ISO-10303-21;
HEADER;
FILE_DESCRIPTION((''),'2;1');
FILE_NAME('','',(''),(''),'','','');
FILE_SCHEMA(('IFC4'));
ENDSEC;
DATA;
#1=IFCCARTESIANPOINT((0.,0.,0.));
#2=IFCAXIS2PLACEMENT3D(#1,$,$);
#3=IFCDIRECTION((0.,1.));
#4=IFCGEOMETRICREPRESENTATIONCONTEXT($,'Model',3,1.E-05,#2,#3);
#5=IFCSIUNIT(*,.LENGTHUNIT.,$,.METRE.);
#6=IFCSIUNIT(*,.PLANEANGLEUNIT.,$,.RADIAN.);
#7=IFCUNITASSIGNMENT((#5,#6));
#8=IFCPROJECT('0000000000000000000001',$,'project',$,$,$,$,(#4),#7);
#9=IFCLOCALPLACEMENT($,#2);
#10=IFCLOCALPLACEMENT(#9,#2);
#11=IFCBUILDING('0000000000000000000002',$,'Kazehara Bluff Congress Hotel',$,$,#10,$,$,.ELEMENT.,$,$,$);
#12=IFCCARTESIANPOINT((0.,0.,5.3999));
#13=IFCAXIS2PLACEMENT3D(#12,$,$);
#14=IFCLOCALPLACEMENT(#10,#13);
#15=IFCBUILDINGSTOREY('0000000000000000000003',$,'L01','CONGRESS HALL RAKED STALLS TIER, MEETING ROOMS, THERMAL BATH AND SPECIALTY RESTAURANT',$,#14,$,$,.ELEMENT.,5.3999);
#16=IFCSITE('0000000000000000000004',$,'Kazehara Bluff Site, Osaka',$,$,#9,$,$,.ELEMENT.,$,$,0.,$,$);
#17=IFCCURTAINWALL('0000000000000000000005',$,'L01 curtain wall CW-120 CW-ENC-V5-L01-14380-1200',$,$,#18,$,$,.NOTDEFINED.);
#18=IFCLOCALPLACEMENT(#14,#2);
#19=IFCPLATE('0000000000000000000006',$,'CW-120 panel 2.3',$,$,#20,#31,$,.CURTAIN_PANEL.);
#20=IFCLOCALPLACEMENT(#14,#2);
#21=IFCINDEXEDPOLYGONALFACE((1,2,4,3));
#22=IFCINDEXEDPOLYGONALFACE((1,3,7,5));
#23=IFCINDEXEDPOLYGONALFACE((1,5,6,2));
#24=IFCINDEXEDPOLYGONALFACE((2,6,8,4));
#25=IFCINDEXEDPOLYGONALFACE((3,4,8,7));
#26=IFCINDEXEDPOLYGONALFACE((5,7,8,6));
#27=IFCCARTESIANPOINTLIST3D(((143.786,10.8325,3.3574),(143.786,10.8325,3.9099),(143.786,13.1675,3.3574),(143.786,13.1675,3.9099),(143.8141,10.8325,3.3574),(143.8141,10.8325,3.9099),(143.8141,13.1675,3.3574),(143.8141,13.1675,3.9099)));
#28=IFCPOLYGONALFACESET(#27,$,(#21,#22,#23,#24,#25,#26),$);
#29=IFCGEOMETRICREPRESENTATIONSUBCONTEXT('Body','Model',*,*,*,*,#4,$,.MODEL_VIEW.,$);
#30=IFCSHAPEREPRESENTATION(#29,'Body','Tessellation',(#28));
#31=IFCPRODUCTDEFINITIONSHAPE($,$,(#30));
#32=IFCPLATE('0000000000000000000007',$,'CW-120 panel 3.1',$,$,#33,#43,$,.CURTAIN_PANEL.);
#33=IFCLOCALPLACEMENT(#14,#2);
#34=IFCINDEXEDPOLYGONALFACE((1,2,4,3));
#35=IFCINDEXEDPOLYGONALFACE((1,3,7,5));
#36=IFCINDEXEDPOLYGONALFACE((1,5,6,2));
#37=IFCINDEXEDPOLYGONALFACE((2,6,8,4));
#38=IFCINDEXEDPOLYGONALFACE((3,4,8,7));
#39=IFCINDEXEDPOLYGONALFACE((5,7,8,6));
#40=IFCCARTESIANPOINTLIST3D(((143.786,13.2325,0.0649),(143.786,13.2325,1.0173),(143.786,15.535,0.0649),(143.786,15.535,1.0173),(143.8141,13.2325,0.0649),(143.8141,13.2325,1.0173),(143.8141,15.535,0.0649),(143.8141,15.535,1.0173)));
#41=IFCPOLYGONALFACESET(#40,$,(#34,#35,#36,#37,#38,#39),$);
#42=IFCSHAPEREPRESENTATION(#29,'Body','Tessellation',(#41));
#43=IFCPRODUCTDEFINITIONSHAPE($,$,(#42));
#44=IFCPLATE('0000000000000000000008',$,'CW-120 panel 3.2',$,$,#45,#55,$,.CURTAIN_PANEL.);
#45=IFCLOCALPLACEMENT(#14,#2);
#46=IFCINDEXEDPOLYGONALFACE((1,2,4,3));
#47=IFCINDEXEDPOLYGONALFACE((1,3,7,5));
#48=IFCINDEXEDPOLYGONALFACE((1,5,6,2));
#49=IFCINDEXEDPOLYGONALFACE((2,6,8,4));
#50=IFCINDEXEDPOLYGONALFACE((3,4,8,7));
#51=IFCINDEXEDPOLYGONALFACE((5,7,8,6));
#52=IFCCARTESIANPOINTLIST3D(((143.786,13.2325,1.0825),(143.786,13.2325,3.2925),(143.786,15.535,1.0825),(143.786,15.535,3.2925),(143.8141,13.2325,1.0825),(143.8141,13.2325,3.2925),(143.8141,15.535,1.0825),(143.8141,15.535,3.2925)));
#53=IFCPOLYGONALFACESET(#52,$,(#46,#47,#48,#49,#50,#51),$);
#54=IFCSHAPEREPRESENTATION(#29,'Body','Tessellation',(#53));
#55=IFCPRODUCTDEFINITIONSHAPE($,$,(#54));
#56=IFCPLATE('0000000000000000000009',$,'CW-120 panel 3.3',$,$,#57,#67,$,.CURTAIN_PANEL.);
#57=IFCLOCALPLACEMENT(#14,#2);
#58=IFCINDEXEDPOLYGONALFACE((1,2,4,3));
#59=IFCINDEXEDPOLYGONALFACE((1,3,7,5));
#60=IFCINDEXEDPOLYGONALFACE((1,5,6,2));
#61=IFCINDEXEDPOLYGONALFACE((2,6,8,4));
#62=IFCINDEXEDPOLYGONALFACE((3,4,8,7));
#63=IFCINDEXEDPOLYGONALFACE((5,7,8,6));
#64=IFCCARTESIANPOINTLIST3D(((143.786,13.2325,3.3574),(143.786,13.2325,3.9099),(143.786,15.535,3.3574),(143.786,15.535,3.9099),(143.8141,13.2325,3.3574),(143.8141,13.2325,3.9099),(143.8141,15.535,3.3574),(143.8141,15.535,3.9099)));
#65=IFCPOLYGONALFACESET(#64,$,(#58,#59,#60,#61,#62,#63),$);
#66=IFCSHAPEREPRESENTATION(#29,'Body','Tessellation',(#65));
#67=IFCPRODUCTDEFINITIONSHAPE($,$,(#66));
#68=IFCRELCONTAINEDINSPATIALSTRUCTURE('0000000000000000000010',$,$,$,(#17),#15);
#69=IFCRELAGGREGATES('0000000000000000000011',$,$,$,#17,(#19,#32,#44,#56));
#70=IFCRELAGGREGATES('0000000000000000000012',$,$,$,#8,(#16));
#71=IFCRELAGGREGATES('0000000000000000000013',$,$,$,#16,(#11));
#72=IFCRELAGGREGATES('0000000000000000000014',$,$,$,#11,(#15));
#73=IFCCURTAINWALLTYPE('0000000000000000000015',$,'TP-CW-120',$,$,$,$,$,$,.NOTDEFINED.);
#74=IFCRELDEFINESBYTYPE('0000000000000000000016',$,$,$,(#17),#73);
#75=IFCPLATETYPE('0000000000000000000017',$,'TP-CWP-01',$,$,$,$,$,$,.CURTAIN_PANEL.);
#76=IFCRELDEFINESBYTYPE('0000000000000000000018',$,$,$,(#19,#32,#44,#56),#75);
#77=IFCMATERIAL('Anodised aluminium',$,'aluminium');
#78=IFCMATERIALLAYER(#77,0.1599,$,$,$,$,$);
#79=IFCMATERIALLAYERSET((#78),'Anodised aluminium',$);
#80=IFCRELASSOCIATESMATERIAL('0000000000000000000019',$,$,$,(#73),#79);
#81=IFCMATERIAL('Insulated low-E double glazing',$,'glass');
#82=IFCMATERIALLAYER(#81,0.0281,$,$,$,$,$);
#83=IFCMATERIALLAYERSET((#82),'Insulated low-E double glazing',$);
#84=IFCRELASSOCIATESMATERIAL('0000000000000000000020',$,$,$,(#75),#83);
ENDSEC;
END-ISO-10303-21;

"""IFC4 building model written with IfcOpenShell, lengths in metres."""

from ifc_helpers import new_model, si_unit, direction, frame, origin, origin_2d, place, context, subcontext, project, spatial, rectangle, extrude, material, layer, layer_set, type_object, element, aggregate, save


model = new_model("IFC4")

# Units and contexts
model_context = context("Model", 3, precision=1e-05, world=origin(), true_north=direction((0.0, 1.0)))
body_context = subcontext(model_context, "Body", "Model", "MODEL_VIEW")
ifc_project = project(units=[si_unit("LENGTHUNIT", "METRE"), si_unit("PLANEANGLEUNIT", "RADIAN")], contexts=[model_context])

# Site, building, storey
site_placement = place(None, origin())
site = spatial("IfcSite", under=ifc_project, at=site_placement, Name="Kazehara Bluff Site, Osaka", CompositionType="ELEMENT", RefElevation=0.0)
building_placement = place(site_placement, origin())
building = spatial("IfcBuilding", under=site, at=building_placement, Name="Kazehara Bluff Congress Hotel", CompositionType="ELEMENT")
storey_placement = place(building_placement, frame((0.0, 0.0, 5.3999)))
storey = spatial("IfcBuildingStorey", under=building, at=storey_placement, Name="L01", Description="CONGRESS HALL RAKED STALLS TIER, MEETING ROOMS, THERMAL BATH AND SPECIALTY RESTAURANT", CompositionType="ELEMENT", Elevation=5.3999)

# Curtain wall
ifc_material_1 = material(Name="Anodised aluminium", Category="aluminium")
ifc_layer_1 = layer(ifc_material_1, 0.1599)
ifc_layer_set_1 = layer_set([ifc_layer_1], Name="Anodised aluminium")
curtain_wall_type_1 = type_object("IfcCurtainWallType", Name="TP-CW-120", PredefinedType="NOTDEFINED", material=ifc_layer_set_1)
curtain_wall_1_placement = place(storey_placement, origin())
curtain_wall_1 = element("IfcCurtainWall", 1, at=curtain_wall_1_placement, inside=storey, type_object=curtain_wall_type_1, Name="L01 curtain wall CW-120 CW-ENC-V5-L01-14380-1200", PredefinedType="NOTDEFINED")

# Plates
ifc_material_2 = material(Name="Insulated low-E double glazing", Category="glass")
ifc_layer_2 = layer(ifc_material_2, 0.0281)
ifc_layer_set_2 = layer_set([ifc_layer_2], Name="Insulated low-E double glazing")
plate_type = type_object("IfcPlateType", Name="TP-CWP-01", PredefinedType="CURTAIN_PANEL", material=ifc_layer_set_2)
plate_1_placement = place(storey_placement, frame((143.8, 12.0, 3.3574), z_axis=(0.0, 0.0, 1.0), x_axis=(0.0, 1.0, 0.0)))
plate_1 = element("IfcPlate", 2, at=plate_1_placement, type_object=plate_type, Name="CW-120 panel 2.3", PredefinedType="CURTAIN_PANEL", context=body_context, shape_type="SweptSolid", body=[
    extrude(rectangle(XDim=2.335, YDim=0.0281, at=origin_2d()), origin(), (0.0, 0.0, 1.0), 0.5525),
])
plate_2_placement = place(storey_placement, frame((143.8, 14.3838, 0.0649), z_axis=(0.0, 0.0, 1.0), x_axis=(0.0, 1.0, 0.0)))
plate_2 = element("IfcPlate", 3, at=plate_2_placement, type_object=plate_type, Name="CW-120 panel 3.1", PredefinedType="CURTAIN_PANEL", context=body_context, shape_type="SweptSolid", body=[
    extrude(rectangle(XDim=2.3025, YDim=0.0281, at=origin_2d()), origin(), (0.0, 0.0, 1.0), 0.9524),
])
plate_3_placement = place(storey_placement, frame((143.8, 14.3838, 1.0825), z_axis=(0.0, 0.0, 1.0), x_axis=(0.0, 1.0, 0.0)))
plate_3 = element("IfcPlate", 4, at=plate_3_placement, type_object=plate_type, Name="CW-120 panel 3.2", PredefinedType="CURTAIN_PANEL", context=body_context, shape_type="SweptSolid", body=[
    extrude(rectangle(XDim=2.3025, YDim=0.0281, at=origin_2d()), origin(), (0.0, 0.0, 1.0), 2.21),
])
plate_4_placement = place(storey_placement, frame((143.8, 14.3838, 3.3574), z_axis=(0.0, 0.0, 1.0), x_axis=(0.0, 1.0, 0.0)))
plate_4 = element("IfcPlate", 5, at=plate_4_placement, type_object=plate_type, Name="CW-120 panel 3.3", PredefinedType="CURTAIN_PANEL", context=body_context, shape_type="SweptSolid", body=[
    extrude(rectangle(XDim=2.3025, YDim=0.0281, at=origin_2d()), origin(), (0.0, 0.0, 1.0), 0.5525),
])
aggregate(curtain_wall_1, [plate_1, plate_2, plate_3, plate_4])

save(model, "model.ifc")
